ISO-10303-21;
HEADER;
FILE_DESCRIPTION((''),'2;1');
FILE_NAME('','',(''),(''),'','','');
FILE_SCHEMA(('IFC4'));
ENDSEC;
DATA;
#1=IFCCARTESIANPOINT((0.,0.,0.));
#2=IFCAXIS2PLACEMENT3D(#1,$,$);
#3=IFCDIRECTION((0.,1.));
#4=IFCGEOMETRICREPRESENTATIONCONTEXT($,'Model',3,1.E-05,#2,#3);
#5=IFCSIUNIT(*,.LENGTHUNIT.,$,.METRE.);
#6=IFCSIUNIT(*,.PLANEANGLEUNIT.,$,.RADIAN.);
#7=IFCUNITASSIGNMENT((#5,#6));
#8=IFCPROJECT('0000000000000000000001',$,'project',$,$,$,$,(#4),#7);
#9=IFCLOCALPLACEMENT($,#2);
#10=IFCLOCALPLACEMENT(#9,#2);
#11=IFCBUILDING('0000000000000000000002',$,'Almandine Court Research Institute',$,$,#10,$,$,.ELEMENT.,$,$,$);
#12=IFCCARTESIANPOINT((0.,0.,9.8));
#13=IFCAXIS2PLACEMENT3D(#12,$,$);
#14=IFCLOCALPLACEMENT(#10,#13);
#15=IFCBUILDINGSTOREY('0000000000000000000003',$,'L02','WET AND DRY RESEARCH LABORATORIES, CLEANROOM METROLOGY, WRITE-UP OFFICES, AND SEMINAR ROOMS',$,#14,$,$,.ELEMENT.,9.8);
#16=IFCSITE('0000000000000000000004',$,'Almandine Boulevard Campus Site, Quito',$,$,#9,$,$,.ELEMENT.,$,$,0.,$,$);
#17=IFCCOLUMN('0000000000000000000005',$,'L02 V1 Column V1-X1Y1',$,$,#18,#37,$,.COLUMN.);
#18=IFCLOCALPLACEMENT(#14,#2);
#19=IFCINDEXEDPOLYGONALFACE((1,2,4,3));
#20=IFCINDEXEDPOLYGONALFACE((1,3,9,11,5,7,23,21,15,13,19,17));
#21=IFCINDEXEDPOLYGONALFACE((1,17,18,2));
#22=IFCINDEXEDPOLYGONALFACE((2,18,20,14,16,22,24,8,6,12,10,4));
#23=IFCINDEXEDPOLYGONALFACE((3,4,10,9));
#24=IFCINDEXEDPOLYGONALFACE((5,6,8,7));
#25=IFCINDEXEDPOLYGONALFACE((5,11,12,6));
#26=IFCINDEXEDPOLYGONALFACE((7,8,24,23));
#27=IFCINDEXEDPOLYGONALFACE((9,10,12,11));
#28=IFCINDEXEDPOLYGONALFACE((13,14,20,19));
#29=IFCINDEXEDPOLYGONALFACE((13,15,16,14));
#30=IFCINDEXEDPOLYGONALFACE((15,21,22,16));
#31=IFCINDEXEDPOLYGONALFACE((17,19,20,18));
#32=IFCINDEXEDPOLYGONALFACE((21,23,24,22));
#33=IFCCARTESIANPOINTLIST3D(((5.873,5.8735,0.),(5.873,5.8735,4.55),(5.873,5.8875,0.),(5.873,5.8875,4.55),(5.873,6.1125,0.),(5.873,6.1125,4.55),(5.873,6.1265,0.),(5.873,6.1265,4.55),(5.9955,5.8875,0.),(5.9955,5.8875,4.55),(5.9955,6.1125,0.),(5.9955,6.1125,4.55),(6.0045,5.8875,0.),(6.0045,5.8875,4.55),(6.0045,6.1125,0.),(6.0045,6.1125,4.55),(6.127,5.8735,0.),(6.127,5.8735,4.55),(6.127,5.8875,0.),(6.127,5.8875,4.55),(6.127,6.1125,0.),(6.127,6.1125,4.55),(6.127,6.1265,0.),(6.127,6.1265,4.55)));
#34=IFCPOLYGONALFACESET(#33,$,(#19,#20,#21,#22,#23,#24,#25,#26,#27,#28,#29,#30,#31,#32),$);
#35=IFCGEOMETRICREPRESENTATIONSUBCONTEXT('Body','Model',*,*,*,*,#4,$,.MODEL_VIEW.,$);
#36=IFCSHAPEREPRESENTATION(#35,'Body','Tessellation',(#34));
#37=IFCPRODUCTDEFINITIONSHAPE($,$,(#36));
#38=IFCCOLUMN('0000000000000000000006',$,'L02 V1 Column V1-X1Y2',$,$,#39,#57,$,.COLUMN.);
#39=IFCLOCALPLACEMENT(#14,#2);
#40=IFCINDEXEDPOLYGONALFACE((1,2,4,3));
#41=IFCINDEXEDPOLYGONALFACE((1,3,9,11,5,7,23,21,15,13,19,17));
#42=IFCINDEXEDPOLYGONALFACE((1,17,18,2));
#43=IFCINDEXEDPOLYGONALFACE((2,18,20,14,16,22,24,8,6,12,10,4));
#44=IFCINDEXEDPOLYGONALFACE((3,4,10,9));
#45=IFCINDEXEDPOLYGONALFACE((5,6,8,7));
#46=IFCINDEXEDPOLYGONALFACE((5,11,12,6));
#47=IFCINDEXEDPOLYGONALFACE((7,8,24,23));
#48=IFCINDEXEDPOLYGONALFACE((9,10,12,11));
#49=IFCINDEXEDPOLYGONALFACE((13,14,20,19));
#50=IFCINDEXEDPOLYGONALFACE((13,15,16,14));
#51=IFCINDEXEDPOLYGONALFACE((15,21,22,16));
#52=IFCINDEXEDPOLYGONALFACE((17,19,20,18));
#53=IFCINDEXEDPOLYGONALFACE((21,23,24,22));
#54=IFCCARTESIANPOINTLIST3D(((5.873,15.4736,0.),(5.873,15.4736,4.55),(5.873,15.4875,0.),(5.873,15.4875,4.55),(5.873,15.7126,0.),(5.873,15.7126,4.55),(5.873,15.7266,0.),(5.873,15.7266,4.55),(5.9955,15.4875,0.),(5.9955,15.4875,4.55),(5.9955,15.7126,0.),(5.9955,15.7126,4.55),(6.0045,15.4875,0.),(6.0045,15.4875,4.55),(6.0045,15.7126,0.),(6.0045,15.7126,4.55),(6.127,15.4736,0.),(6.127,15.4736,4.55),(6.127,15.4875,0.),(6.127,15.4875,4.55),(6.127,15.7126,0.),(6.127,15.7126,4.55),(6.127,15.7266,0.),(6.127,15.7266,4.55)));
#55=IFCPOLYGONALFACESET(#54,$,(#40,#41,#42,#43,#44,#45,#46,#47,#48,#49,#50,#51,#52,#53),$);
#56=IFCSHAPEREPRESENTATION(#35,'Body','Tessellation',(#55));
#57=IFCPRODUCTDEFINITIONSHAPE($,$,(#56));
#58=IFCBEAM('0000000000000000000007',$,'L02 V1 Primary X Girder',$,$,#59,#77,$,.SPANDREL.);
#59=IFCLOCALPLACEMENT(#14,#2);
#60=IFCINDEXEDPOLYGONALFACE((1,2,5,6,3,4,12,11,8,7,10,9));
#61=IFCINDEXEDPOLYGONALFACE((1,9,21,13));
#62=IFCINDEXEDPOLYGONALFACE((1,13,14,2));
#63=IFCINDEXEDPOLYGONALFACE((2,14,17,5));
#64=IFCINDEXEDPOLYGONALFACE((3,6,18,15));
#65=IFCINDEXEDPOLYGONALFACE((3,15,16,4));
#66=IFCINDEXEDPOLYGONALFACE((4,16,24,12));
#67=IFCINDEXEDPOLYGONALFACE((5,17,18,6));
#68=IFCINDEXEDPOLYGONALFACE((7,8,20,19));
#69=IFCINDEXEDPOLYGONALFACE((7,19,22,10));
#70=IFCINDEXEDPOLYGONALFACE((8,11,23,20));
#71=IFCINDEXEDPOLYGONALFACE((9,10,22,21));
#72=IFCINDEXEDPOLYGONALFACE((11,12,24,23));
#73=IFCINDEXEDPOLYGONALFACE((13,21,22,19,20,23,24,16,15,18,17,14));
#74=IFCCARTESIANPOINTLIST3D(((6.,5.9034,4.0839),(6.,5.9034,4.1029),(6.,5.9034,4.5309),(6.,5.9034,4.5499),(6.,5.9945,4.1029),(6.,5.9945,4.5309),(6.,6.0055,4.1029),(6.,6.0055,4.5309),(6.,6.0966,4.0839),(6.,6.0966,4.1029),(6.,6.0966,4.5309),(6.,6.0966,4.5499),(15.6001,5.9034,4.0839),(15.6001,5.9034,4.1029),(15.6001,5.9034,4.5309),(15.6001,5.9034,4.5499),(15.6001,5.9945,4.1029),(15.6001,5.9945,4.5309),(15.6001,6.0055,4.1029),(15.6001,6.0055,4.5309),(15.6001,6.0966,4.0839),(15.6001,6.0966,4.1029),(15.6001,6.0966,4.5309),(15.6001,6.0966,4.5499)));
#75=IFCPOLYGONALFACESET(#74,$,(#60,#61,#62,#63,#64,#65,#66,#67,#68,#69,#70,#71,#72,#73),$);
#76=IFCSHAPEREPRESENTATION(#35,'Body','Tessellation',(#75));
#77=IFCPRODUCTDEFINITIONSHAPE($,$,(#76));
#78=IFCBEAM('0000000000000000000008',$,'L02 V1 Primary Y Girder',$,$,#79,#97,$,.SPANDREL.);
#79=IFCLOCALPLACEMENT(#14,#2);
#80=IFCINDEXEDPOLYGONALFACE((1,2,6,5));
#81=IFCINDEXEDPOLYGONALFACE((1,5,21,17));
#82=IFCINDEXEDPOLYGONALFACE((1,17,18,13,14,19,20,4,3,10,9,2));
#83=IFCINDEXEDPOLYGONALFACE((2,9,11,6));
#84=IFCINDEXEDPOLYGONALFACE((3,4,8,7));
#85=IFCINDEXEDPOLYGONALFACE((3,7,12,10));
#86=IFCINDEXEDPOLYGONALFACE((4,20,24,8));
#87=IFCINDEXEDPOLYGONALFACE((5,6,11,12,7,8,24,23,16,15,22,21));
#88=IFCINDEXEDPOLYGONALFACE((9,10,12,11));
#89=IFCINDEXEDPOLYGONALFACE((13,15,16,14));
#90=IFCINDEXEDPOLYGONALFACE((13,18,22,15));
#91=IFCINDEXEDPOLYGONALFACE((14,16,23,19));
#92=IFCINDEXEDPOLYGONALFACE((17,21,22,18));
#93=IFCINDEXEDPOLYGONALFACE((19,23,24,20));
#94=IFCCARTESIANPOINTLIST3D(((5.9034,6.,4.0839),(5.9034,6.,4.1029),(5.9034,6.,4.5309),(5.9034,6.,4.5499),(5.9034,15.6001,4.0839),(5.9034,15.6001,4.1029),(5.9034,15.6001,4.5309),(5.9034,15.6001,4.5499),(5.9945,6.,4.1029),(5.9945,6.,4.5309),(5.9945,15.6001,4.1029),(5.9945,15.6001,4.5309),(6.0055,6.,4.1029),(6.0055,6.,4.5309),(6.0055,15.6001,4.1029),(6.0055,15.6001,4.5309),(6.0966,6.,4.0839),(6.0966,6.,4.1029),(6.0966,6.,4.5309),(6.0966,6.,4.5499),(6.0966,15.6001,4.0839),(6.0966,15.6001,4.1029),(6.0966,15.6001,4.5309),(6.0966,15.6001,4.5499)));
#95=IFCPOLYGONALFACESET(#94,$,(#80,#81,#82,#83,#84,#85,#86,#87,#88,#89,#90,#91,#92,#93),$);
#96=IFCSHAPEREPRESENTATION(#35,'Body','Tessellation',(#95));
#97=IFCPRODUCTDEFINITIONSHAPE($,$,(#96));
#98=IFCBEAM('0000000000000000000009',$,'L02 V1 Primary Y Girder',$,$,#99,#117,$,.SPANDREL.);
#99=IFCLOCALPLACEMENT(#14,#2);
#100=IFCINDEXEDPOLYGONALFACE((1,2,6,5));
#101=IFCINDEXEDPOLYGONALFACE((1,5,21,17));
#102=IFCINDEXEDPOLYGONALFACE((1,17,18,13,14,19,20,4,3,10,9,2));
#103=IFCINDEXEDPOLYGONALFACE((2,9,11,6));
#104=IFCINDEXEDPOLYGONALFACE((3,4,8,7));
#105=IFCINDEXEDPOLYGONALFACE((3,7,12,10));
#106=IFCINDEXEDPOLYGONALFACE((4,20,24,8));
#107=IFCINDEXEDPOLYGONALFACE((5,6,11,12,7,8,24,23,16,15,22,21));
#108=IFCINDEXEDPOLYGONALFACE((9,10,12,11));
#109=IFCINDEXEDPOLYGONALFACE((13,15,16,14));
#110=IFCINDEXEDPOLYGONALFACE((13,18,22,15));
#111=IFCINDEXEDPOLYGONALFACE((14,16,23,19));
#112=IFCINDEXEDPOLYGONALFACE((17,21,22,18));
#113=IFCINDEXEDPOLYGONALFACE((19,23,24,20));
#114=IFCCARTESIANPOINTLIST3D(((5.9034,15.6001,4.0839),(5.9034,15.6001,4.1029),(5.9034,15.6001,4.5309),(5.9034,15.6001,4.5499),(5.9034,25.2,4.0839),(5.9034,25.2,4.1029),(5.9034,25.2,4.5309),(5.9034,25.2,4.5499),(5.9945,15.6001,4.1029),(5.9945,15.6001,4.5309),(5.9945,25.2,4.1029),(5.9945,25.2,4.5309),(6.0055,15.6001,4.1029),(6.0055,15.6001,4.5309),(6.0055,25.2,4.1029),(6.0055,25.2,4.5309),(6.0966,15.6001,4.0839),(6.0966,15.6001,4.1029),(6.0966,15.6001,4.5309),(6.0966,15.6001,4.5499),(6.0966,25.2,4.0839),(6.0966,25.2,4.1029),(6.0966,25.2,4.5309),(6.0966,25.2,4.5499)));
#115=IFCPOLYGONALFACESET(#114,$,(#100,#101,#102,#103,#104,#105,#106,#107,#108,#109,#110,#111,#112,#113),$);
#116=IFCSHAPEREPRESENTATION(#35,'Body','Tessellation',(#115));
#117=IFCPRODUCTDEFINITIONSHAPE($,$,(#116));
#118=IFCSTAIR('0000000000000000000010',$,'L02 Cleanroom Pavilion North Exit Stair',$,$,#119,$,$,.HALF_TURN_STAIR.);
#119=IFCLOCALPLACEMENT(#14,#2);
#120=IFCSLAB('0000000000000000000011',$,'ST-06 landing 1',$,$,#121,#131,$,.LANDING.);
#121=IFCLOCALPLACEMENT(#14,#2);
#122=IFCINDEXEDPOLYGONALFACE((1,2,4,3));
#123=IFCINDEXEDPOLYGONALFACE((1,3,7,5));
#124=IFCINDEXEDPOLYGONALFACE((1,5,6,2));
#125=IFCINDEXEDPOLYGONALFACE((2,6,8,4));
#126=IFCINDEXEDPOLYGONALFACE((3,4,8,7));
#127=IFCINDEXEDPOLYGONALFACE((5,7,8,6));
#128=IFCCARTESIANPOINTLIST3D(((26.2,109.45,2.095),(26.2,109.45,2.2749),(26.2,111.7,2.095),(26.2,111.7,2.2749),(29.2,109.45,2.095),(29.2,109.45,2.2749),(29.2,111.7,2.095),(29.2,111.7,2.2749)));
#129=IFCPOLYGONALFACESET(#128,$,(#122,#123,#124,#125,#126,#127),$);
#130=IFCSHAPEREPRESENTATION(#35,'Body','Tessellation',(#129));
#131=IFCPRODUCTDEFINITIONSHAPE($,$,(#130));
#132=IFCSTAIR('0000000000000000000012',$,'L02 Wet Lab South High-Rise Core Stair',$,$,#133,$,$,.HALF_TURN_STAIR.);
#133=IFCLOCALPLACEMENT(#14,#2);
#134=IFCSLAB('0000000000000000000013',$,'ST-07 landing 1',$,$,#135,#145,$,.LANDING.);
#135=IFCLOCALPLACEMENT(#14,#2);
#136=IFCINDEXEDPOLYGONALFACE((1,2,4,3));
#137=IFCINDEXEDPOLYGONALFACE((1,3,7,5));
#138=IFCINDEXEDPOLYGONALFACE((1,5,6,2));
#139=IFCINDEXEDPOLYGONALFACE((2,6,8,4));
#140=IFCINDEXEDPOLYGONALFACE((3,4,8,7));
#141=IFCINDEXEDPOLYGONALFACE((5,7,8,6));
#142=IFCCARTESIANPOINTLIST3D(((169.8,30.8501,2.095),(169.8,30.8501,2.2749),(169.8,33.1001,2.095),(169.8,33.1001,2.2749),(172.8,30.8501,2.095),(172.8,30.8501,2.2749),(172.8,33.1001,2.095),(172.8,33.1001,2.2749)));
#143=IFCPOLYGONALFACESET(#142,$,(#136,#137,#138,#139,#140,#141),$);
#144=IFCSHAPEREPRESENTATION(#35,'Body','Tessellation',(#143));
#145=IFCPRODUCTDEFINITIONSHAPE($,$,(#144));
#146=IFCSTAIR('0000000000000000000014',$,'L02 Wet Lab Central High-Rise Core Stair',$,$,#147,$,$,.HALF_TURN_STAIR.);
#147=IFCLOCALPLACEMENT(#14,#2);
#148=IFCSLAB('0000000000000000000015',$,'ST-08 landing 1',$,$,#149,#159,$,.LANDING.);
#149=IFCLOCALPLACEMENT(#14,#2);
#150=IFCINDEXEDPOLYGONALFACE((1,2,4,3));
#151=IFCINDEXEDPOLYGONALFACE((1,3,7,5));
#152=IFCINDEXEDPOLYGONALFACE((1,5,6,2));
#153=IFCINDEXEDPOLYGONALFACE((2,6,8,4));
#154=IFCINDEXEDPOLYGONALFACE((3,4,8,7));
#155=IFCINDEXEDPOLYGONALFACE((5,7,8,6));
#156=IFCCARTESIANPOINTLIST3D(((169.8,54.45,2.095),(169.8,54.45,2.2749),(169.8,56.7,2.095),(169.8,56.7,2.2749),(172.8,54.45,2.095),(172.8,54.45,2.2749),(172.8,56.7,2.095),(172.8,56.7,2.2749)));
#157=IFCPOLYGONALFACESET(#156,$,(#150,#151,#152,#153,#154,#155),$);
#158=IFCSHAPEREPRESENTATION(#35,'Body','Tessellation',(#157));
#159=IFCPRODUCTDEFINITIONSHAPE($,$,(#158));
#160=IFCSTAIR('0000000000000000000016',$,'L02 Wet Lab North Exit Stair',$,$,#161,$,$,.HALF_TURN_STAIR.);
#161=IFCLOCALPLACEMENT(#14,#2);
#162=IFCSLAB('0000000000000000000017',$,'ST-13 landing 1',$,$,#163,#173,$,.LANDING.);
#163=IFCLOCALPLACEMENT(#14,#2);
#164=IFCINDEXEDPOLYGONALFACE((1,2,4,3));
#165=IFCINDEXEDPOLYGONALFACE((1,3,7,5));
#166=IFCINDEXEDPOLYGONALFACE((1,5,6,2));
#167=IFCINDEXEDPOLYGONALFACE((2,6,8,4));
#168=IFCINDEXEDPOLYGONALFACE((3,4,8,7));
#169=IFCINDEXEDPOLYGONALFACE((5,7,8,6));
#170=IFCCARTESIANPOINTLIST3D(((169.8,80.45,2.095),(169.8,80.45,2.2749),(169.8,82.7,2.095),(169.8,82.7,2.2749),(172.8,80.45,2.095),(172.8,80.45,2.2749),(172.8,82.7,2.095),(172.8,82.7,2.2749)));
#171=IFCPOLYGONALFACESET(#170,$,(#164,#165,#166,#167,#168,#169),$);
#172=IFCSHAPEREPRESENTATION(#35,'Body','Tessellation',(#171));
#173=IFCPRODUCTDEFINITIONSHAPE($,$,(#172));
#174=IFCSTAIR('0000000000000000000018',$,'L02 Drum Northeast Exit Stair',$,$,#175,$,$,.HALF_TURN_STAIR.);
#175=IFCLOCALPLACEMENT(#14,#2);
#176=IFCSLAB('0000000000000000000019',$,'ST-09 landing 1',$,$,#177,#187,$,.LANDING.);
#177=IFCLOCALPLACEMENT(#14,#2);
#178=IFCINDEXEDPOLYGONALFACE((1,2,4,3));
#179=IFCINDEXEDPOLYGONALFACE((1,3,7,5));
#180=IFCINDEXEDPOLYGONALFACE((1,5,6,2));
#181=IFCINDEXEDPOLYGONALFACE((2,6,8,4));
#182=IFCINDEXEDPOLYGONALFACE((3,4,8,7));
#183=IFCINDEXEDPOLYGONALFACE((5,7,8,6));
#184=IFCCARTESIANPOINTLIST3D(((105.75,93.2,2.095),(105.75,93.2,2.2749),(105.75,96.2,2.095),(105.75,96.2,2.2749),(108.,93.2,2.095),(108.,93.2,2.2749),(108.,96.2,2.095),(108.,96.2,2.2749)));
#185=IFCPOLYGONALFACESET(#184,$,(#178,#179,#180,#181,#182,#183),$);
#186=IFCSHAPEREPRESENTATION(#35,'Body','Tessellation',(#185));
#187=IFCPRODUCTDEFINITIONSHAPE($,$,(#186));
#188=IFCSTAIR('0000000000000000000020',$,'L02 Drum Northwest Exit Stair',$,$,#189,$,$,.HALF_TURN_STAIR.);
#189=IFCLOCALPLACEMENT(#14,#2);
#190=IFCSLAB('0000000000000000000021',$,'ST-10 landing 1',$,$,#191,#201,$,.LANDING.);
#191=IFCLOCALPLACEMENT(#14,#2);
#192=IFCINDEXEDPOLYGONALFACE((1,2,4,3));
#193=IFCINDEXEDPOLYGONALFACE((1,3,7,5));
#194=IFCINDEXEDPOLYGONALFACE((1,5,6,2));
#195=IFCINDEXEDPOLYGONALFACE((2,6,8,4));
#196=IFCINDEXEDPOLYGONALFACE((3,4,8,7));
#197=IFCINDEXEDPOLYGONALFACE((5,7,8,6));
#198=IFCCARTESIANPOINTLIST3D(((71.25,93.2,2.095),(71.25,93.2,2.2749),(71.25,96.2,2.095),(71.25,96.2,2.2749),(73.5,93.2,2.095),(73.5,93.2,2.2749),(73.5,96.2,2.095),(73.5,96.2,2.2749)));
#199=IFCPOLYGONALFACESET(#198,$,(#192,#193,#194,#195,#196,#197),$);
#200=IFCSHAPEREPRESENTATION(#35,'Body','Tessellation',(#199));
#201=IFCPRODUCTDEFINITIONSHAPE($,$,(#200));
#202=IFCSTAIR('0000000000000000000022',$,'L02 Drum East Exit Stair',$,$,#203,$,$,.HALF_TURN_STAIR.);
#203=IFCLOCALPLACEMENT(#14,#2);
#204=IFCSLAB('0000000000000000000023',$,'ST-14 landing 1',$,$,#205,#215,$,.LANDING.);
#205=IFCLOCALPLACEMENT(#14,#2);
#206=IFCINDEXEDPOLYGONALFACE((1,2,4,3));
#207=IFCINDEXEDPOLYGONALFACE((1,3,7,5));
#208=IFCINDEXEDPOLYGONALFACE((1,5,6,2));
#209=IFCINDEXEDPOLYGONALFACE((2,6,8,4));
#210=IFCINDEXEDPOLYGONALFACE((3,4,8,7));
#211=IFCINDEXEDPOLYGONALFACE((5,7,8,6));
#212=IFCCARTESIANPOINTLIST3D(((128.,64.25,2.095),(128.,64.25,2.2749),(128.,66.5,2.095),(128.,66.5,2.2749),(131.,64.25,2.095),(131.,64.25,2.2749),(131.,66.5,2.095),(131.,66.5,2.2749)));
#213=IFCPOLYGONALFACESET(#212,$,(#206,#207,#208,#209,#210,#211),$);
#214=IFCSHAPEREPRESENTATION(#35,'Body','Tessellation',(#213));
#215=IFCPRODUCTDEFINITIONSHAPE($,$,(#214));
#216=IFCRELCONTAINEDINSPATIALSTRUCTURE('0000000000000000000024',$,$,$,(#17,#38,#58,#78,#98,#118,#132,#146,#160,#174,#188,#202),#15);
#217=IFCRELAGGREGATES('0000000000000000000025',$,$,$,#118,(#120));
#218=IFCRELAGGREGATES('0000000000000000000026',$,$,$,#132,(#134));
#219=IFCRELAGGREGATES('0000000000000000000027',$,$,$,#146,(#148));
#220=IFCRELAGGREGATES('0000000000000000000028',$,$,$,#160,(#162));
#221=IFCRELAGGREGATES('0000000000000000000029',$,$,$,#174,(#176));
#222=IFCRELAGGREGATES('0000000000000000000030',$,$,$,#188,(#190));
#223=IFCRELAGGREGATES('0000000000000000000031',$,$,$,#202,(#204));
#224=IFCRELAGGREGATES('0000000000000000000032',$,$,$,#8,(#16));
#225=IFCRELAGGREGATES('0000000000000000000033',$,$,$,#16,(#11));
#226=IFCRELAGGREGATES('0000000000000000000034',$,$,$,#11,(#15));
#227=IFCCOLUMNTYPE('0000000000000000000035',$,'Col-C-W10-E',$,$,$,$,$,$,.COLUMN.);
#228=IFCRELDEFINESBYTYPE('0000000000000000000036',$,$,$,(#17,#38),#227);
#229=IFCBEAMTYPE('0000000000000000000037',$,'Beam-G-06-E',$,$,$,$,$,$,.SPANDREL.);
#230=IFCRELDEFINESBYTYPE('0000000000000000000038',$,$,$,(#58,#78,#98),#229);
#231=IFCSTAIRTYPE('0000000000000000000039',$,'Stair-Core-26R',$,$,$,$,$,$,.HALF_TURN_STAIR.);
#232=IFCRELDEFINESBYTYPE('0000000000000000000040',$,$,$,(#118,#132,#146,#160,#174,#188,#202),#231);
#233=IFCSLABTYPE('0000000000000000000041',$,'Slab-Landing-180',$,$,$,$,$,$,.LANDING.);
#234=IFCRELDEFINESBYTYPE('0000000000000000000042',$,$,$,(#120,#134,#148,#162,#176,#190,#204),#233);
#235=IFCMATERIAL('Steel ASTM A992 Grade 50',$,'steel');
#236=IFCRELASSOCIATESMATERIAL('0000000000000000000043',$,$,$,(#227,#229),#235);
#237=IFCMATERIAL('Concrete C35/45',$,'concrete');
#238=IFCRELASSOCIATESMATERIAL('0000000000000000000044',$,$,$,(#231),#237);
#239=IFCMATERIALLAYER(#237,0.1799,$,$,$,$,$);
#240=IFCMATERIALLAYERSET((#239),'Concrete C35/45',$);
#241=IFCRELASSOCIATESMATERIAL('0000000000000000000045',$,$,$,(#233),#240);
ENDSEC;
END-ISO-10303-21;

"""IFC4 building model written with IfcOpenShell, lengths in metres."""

from ifc_helpers import new_model, si_unit, direction, frame, origin, origin_2d, place, context, subcontext, project, spatial, polyline, i_section, outline, extrude, material, layer, layer_set, material_profile, profile_set, type_object, element, aggregate, save


model = new_model("IFC4")

# Units and contexts
model_context = context("Model", 3, precision=1e-05, world=origin(), true_north=direction((0.0, 1.0)))
body_context = subcontext(model_context, "Body", "Model", "MODEL_VIEW")
ifc_project = project(units=[si_unit("LENGTHUNIT", "METRE"), si_unit("PLANEANGLEUNIT", "RADIAN")], contexts=[model_context])

# Site, building, storey
site_placement = place(None, origin())
site = spatial("IfcSite", under=ifc_project, at=site_placement, Name="Almandine Boulevard Campus Site, Quito", CompositionType="ELEMENT", RefElevation=0.0)
building_placement = place(site_placement, origin())
building = spatial("IfcBuilding", under=site, at=building_placement, Name="Almandine Court Research Institute", CompositionType="ELEMENT")
storey_placement = place(building_placement, frame((0.0, 0.0, 9.8)))
storey = spatial("IfcBuildingStorey", under=building, at=storey_placement, Name="L02", Description="WET AND DRY RESEARCH LABORATORIES, CLEANROOM METROLOGY, WRITE-UP OFFICES, AND SEMINAR ROOMS", CompositionType="ELEMENT", Elevation=9.8)

# Columns
ifc_material_1 = material(Name="Steel ASTM A992 Grade 50", Category="steel")
ifc_material_profile_1 = material_profile(ifc_material_1, i_section(OverallWidth=0.2539, OverallDepth=0.2529, WebThickness=0.009, FlangeThickness=0.0139, at=origin_2d()), Name="W250x73")
ifc_profile_set_1 = profile_set([ifc_material_profile_1], Name="Steel ASTM A992 Grade 50")
column_type = type_object("IfcColumnType", Name="Col-C-W10-E", PredefinedType="COLUMN", material=ifc_profile_set_1)
for number, where, z_axis, x_axis, name in (
    (1, (6.0, 6.0, 0.0), (0.0, 0.0, 1.0), (1.0, 0.0, 0.0), "L02 V1 Column V1-X1Y1"),
    (2, (6.0, 15.6001, 0.0), (0.0, 0.0, 1.0), (1.0, 0.0, 0.0), "L02 V1 Column V1-X1Y2"),
):
    element("IfcColumn", number, at=place(storey_placement, frame(where, z_axis=z_axis, x_axis=x_axis)), inside=storey, type_object=column_type, Name=name, PredefinedType="COLUMN", context=body_context, shape_type="SweptSolid", body=[
        extrude(i_section(OverallWidth=0.2539, OverallDepth=0.2529, WebThickness=0.009, FlangeThickness=0.0139, at=origin_2d()), origin(), (0.0, 0.0, 1.0), 4.55),
    ])

# Beams
ifc_material_profile_2 = material_profile(ifc_material_1, i_section(OverallWidth=0.1931, OverallDepth=0.4661, WebThickness=0.011, FlangeThickness=0.019, at=origin_2d()), Name="W460x97")
ifc_profile_set_2 = profile_set([ifc_material_profile_2], Name="Steel ASTM A992 Grade 50")
beam_type = type_object("IfcBeamType", Name="Beam-G-06-E", PredefinedType="SPANDREL", material=ifc_profile_set_2)
for number, where, z_axis, x_axis, name in (
    (3, (6.0, 6.0, 4.3169), (1.0, 0.0, 0.0), (0.0, 1.0, 0.0), "L02 V1 Primary X Girder"),
    (4, (6.0, 6.0, 4.3169), (0.0, 1.0, 0.0), (-1.0, 0.0, 0.0), "L02 V1 Primary Y Girder"),
):
    element("IfcBeam", number, at=place(storey_placement, frame(where, z_axis=z_axis, x_axis=x_axis)), inside=storey, type_object=beam_type, Name=name, PredefinedType="SPANDREL", context=body_context, shape_type="SweptSolid", body=[
        extrude(i_section(OverallWidth=0.1931, OverallDepth=0.4661, WebThickness=0.011, FlangeThickness=0.019, at=origin_2d()), origin(), (0.0, 0.0, 1.0), 9.6001),
    ])
beam_placement = place(storey_placement, frame((6.0, 15.6001, 4.3169), z_axis=(0.0, 1.0, 0.0), x_axis=(-1.0, 0.0, 0.0)))
element("IfcBeam", 5, at=beam_placement, inside=storey, type_object=beam_type, Name="L02 V1 Primary Y Girder", PredefinedType="SPANDREL", context=body_context, shape_type="SweptSolid", body=[
    extrude(i_section(OverallWidth=0.1931, OverallDepth=0.4661, WebThickness=0.011, FlangeThickness=0.019, at=origin_2d()), origin(), (0.0, 0.0, 1.0), 9.5999),
])

# Stairs, slabs
ifc_material_2 = material(Name="Concrete C35/45", Category="concrete")
stair_type = type_object("IfcStairType", Name="Stair-Core-26R", PredefinedType="HALF_TURN_STAIR", material=ifc_material_2)
stair_1_placement = place(storey_placement, origin())
stair_1 = element("IfcStair", 6, at=stair_1_placement, inside=storey, type_object=stair_type, Name="L02 Cleanroom Pavilion North Exit Stair", PredefinedType="HALF_TURN_STAIR")
ifc_layer_1 = layer(ifc_material_2, 0.1799)
ifc_layer_set_1 = layer_set([ifc_layer_1], Name="Concrete C35/45")
slab_type = type_object("IfcSlabType", Name="Slab-Landing-180", PredefinedType="LANDING", material=ifc_layer_set_1)
slab_1_placement = place(storey_placement, frame((0.0, 0.0, 2.095)))
slab_1 = element("IfcSlab", 7, at=slab_1_placement, type_object=slab_type, Name="ST-06 landing 1", PredefinedType="LANDING", context=body_context, shape_type="SweptSolid", body=[
    extrude(outline(polyline([(29.2, 109.45), (29.2, 111.7), (26.2, 111.7), (26.2, 109.45), (29.2, 109.45)])), origin(), (0.0, 0.0, 1.0), 0.1799),
])
aggregate(stair_1, [slab_1])
stair_2_placement = place(storey_placement, origin())
stair_2 = element("IfcStair", 8, at=stair_2_placement, inside=storey, type_object=stair_type, Name="L02 Wet Lab South High-Rise Core Stair", PredefinedType="HALF_TURN_STAIR")
slab_2_placement = place(storey_placement, frame((0.0, 0.0, 2.095)))
slab_2 = element("IfcSlab", 9, at=slab_2_placement, type_object=slab_type, Name="ST-07 landing 1", PredefinedType="LANDING", context=body_context, shape_type="SweptSolid", body=[
    extrude(outline(polyline([(172.8, 30.8501), (172.8, 33.1001), (169.8, 33.1001), (169.8, 30.8501), (172.8, 30.8501)])), origin(), (0.0, 0.0, 1.0), 0.1799),
])
aggregate(stair_2, [slab_2])
stair_3_placement = place(storey_placement, origin())
stair_3 = element("IfcStair", 10, at=stair_3_placement, inside=storey, type_object=stair_type, Name="L02 Wet Lab Central High-Rise Core Stair", PredefinedType="HALF_TURN_STAIR")
slab_3_placement = place(storey_placement, frame((0.0, 0.0, 2.095)))
slab_3 = element("IfcSlab", 11, at=slab_3_placement, type_object=slab_type, Name="ST-08 landing 1", PredefinedType="LANDING", context=body_context, shape_type="SweptSolid", body=[
    extrude(outline(polyline([(172.8, 54.45), (172.8, 56.7), (169.8, 56.7), (169.8, 54.45), (172.8, 54.45)])), origin(), (0.0, 0.0, 1.0), 0.1799),
])
aggregate(stair_3, [slab_3])
stair_4_placement = place(storey_placement, origin())
stair_4 = element("IfcStair", 12, at=stair_4_placement, inside=storey, type_object=stair_type, Name="L02 Wet Lab North Exit Stair", PredefinedType="HALF_TURN_STAIR")
slab_4_placement = place(storey_placement, frame((0.0, 0.0, 2.095)))
slab_4 = element("IfcSlab", 13, at=slab_4_placement, type_object=slab_type, Name="ST-13 landing 1", PredefinedType="LANDING", context=body_context, shape_type="SweptSolid", body=[
    extrude(outline(polyline([(172.8, 80.45), (172.8, 82.7), (169.8, 82.7), (169.8, 80.45), (172.8, 80.45)])), origin(), (0.0, 0.0, 1.0), 0.1799),
])
aggregate(stair_4, [slab_4])
stair_5_placement = place(storey_placement, origin())
stair_5 = element("IfcStair", 14, at=stair_5_placement, inside=storey, type_object=stair_type, Name="L02 Drum Northeast Exit Stair", PredefinedType="HALF_TURN_STAIR")
slab_5_placement = place(storey_placement, frame((0.0, 0.0, 2.095)))
slab_5 = element("IfcSlab", 15, at=slab_5_placement, type_object=slab_type, Name="ST-09 landing 1", PredefinedType="LANDING", context=body_context, shape_type="SweptSolid", body=[
    extrude(outline(polyline([(105.75, 93.2), (108.0, 93.2), (108.0, 96.2), (105.75, 96.2), (105.75, 93.2)])), origin(), (0.0, 0.0, 1.0), 0.1799),
])
aggregate(stair_5, [slab_5])
stair_6_placement = place(storey_placement, origin())
stair_6 = element("IfcStair", 16, at=stair_6_placement, inside=storey, type_object=stair_type, Name="L02 Drum Northwest Exit Stair", PredefinedType="HALF_TURN_STAIR")
slab_6_placement = place(storey_placement, frame((0.0, 0.0, 2.095)))
slab_6 = element("IfcSlab", 17, at=slab_6_placement, type_object=slab_type, Name="ST-10 landing 1", PredefinedType="LANDING", context=body_context, shape_type="SweptSolid", body=[
    extrude(outline(polyline([(71.25, 93.2), (73.5, 93.2), (73.5, 96.2), (71.25, 96.2), (71.25, 93.2)])), origin(), (0.0, 0.0, 1.0), 0.1799),
])
aggregate(stair_6, [slab_6])
stair_7_placement = place(storey_placement, origin())
stair_7 = element("IfcStair", 18, at=stair_7_placement, inside=storey, type_object=stair_type, Name="L02 Drum East Exit Stair", PredefinedType="HALF_TURN_STAIR")
slab_7_placement = place(storey_placement, frame((0.0, 0.0, 2.095)))
slab_7 = element("IfcSlab", 19, at=slab_7_placement, type_object=slab_type, Name="ST-14 landing 1", PredefinedType="LANDING", context=body_context, shape_type="SweptSolid", body=[
    extrude(outline(polyline([(131.0, 64.25), (131.0, 66.5), (128.0, 66.5), (128.0, 64.25), (131.0, 64.25)])), origin(), (0.0, 0.0, 1.0), 0.1799),
])
aggregate(stair_7, [slab_7])

save(model, "model.ifc")
